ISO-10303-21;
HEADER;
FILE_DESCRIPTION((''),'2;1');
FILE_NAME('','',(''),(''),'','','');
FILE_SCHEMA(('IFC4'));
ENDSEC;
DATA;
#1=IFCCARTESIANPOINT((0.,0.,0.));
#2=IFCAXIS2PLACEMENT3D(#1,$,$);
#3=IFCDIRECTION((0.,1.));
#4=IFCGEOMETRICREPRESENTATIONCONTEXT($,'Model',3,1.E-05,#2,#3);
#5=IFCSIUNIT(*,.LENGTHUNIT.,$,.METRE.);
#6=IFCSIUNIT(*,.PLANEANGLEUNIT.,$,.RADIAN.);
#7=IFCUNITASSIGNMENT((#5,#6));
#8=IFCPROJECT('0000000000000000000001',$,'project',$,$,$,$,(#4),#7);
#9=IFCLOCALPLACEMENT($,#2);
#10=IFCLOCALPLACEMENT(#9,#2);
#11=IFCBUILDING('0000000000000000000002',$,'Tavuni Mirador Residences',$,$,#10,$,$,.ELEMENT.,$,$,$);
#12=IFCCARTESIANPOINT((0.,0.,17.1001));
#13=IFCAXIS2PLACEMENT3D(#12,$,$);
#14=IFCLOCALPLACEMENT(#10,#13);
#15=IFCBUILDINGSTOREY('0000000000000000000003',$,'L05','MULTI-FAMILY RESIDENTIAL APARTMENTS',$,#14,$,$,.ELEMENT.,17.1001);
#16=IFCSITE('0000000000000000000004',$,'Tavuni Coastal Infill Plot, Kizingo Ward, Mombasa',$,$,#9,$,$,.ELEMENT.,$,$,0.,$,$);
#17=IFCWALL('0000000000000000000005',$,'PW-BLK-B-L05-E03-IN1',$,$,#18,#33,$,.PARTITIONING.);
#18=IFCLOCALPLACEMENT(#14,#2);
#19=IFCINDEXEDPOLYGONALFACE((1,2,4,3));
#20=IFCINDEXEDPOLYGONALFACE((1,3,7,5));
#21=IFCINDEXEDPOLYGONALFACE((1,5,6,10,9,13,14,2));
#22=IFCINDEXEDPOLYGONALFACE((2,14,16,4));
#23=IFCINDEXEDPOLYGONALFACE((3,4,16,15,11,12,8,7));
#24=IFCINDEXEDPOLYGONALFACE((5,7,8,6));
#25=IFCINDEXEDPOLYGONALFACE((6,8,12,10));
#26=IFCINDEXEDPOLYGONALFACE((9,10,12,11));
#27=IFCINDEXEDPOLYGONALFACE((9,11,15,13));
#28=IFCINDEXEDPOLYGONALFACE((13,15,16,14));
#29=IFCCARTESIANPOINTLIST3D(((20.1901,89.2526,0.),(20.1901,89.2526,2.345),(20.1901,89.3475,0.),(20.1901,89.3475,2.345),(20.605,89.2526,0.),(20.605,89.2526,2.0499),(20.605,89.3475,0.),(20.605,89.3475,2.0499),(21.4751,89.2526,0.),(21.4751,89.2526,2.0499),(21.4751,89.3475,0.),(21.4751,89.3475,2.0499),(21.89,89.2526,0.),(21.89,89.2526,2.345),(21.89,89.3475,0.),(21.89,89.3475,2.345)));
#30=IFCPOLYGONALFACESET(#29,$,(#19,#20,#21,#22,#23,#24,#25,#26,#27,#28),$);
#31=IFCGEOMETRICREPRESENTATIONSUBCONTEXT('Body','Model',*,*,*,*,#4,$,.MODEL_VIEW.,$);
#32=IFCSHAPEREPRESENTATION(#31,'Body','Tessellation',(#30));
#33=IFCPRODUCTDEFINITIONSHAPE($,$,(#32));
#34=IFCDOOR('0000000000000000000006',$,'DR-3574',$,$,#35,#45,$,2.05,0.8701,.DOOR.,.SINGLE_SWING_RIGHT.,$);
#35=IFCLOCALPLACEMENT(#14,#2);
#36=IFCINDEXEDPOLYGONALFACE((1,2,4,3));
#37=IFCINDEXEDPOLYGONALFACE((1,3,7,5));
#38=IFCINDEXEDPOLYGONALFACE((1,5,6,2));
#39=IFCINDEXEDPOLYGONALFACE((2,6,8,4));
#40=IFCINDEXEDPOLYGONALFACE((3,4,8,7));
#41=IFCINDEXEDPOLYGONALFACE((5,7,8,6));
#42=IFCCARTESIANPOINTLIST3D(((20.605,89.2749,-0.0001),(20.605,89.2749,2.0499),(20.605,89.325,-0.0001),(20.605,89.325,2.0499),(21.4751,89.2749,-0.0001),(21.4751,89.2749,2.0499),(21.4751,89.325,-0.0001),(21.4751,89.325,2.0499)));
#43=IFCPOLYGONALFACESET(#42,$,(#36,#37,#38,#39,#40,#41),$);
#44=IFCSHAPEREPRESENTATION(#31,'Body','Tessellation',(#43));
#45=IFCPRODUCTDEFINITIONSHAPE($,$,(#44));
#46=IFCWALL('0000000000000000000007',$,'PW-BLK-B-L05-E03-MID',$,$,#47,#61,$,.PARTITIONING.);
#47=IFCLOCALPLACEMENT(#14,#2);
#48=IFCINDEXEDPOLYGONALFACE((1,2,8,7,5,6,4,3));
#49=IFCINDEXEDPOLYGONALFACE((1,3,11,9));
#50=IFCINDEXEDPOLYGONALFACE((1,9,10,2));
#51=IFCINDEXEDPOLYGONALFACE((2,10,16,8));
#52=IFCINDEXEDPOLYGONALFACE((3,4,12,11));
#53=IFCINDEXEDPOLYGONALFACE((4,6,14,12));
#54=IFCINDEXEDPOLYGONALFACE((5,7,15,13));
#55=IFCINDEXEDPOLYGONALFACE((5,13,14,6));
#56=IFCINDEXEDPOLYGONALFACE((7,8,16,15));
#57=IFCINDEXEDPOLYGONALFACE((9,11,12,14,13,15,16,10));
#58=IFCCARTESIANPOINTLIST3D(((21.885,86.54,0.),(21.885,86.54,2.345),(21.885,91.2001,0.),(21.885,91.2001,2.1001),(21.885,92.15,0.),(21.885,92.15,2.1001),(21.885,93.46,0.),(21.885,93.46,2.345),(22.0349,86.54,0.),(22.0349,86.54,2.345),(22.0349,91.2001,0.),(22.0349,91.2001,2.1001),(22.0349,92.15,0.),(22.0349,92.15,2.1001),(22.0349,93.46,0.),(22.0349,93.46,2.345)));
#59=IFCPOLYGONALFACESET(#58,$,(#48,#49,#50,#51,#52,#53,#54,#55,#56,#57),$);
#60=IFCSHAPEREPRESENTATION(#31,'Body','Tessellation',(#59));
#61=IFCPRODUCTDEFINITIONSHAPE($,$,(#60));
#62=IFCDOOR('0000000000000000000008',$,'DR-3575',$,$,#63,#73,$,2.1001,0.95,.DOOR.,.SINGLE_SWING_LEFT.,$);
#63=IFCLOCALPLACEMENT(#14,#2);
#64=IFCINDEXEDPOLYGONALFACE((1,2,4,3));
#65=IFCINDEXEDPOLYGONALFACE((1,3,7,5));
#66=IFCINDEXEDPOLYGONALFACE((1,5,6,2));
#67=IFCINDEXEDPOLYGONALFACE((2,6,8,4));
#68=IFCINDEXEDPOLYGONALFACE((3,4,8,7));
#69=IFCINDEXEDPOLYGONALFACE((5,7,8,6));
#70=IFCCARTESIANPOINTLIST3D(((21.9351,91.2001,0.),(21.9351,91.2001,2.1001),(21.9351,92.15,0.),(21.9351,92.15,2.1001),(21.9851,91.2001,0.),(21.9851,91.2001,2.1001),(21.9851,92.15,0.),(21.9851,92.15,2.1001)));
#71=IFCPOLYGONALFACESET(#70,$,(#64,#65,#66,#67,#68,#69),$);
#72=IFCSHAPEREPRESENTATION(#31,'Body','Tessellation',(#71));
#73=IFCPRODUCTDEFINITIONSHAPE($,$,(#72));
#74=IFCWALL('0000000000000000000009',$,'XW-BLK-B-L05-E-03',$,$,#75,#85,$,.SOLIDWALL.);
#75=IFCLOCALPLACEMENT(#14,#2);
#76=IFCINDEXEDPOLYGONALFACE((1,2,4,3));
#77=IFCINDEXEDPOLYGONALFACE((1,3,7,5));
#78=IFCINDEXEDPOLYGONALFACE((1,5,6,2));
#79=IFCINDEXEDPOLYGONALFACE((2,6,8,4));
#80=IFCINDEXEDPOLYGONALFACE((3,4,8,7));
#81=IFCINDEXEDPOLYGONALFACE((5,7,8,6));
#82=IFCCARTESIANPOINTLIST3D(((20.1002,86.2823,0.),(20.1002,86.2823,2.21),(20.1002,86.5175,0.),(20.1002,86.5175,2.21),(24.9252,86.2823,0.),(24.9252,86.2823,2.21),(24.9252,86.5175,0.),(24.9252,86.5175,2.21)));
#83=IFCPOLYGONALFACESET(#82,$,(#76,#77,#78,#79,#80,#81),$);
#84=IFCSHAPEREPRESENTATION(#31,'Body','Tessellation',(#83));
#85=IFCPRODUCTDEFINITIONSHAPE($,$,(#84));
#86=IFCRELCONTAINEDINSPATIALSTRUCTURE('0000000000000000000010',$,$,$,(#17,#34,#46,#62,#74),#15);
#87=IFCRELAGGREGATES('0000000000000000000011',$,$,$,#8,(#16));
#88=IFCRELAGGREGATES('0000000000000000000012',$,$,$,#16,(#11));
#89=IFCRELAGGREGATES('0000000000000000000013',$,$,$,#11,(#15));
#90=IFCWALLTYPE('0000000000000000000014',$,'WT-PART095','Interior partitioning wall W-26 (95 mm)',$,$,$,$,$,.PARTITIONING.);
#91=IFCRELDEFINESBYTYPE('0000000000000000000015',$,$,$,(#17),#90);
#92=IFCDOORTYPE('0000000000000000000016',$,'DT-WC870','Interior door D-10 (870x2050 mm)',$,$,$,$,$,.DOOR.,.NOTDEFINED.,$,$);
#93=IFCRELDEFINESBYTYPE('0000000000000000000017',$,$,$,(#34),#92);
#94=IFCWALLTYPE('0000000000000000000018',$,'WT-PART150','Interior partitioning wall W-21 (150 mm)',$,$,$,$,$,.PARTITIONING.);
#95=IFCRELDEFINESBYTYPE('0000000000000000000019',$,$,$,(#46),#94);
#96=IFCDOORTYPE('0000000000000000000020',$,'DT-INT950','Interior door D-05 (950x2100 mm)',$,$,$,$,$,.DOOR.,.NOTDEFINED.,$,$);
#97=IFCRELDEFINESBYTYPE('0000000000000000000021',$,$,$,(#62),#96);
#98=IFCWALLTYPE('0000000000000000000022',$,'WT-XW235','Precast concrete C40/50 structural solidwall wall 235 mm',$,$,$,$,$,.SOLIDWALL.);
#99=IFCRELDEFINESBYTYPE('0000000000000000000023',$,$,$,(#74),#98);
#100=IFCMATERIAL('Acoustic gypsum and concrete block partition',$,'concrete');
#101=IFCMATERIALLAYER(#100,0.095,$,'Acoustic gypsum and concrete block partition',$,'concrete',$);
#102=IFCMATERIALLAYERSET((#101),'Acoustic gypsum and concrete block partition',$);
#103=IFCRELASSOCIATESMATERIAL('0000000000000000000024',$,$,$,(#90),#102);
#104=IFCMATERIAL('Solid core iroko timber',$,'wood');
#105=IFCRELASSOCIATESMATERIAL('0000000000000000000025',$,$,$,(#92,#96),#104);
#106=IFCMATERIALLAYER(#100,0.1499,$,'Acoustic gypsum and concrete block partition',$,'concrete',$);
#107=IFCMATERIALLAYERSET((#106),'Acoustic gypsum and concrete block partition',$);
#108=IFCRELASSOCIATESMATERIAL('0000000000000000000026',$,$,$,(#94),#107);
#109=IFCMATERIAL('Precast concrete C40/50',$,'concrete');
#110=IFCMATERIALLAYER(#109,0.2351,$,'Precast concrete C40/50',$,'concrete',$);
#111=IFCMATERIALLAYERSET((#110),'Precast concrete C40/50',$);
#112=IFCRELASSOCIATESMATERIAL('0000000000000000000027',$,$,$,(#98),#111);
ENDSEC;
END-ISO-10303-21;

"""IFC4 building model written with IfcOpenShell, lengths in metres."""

from ifc_helpers import new_model, si_unit, direction, frame, frame_2d, origin, place, context, subcontext, project, spatial, rectangle, extrude, material, layer, layer_set, type_object, element, fill, save


model = new_model("IFC4")

# Units and contexts
model_context = context("Model", 3, precision=1e-05, world=origin(), true_north=direction((0.0, 1.0)))
body_context = subcontext(model_context, "Body", "Model", "MODEL_VIEW")
ifc_project = project(units=[si_unit("LENGTHUNIT", "METRE"), si_unit("PLANEANGLEUNIT", "RADIAN")], contexts=[model_context])

# Site, building, storey
site_placement = place(None, origin())
site = spatial("IfcSite", under=ifc_project, at=site_placement, Name="Tavuni Coastal Infill Plot, Kizingo Ward, Mombasa", CompositionType="ELEMENT", RefElevation=0.0)
building_placement = place(site_placement, origin())
building = spatial("IfcBuilding", under=site, at=building_placement, Name="Tavuni Mirador Residences", CompositionType="ELEMENT")
storey_placement = place(building_placement, frame((0.0, 0.0, 17.1001)))
storey = spatial("IfcBuildingStorey", under=building, at=storey_placement, Name="L05", Description="MULTI-FAMILY RESIDENTIAL APARTMENTS", CompositionType="ELEMENT", Elevation=17.1001)

# Shared definitions
ifc_material_1 = material(Name="Precast concrete C40/50", Category="concrete")

# Shared definitions
ifc_material_2 = material(Name="Solid core iroko timber", Category="wood")

# Walls, openings, doors
ifc_material_3 = material(Name="Acoustic gypsum and concrete block partition", Category="concrete")
ifc_layer_1 = layer(ifc_material_3, 0.095, Name="Acoustic gypsum and concrete block partition", Category="concrete")
ifc_layer_set_1 = layer_set([ifc_layer_1], Name="Acoustic gypsum and concrete block partition")
wall_type_1 = type_object("IfcWallType", Name="WT-PART095", Description="Interior partitioning wall W-26 (95 mm)", PredefinedType="PARTITIONING", material=ifc_layer_set_1)
wall_1_placement = place(storey_placement, frame((20.1899, 89.3, 0.0), z_axis=(0.0, 0.0, 1.0), x_axis=(1.0, 0.0, 0.0)))
wall_1 = element("IfcWall", 1, at=wall_1_placement, inside=storey, type_object=wall_type_1, Name="PW-BLK-B-L05-E03-IN1", PredefinedType="PARTITIONING", context=body_context, shape_type="SweptSolid", body=[
    extrude(rectangle(XDim=1.7, YDim=0.095, at=frame_2d((0.8501, 0.0))), origin(), (0.0, 0.0, 1.0), 2.345),
])
opening_1_placement = place(wall_1_placement, frame((0.415, 0.0, 0.0)))
opening_1 = element("IfcOpeningElement", 2, at=opening_1_placement, cuts=wall_1, PredefinedType="OPENING", context=body_context, shape_type="SweptSolid", body=[
    extrude(rectangle(XDim=0.8701, YDim=2.05, at=frame_2d((0.4351, 1.0249))), frame((0.0, 0.0576, 0.0), z_axis=(0.0, -1.0, 0.0), x_axis=(1.0, 0.0, 0.0)), (0.0, 0.0, 1.0), 0.115),
])
door_type_1 = type_object("IfcDoorType", Name="DT-WC870", Description="Interior door D-10 (870x2050 mm)", OperationType="NOTDEFINED", PredefinedType="DOOR", material=ifc_material_2)
door_1_placement = place(opening_1_placement, origin())
door_1 = element("IfcDoor", 3, at=door_1_placement, inside=storey, type_object=door_type_1, Name="DR-3574", OperationType="SINGLE_SWING_RIGHT", OverallHeight=2.05, OverallWidth=0.8701, PredefinedType="DOOR", context=body_context, shape_type="SweptSolid", body=[
    extrude(rectangle(XDim=0.8701, YDim=2.05, at=frame_2d((0.4351, 1.0249))), frame((0.0, 0.0249, 0.0), z_axis=(0.0, -1.0, 0.0), x_axis=(1.0, 0.0, 0.0)), (0.0, 0.0, 1.0), 0.05),
])
fill(opening_1, door_1)
ifc_layer_2 = layer(ifc_material_3, 0.1499, Name="Acoustic gypsum and concrete block partition", Category="concrete")
ifc_layer_set_2 = layer_set([ifc_layer_2], Name="Acoustic gypsum and concrete block partition")
wall_type_2 = type_object("IfcWallType", Name="WT-PART150", Description="Interior partitioning wall W-21 (150 mm)", PredefinedType="PARTITIONING", material=ifc_layer_set_2)
wall_2_placement = place(storey_placement, frame((21.96, 86.54, 0.0), z_axis=(0.0, 0.0, 1.0), x_axis=(0.0, 1.0, 0.0)))
wall_2 = element("IfcWall", 4, at=wall_2_placement, inside=storey, type_object=wall_type_2, Name="PW-BLK-B-L05-E03-MID", PredefinedType="PARTITIONING", context=body_context, shape_type="SweptSolid", body=[
    extrude(rectangle(XDim=6.9199, YDim=0.1499, at=frame_2d((3.46, 0.0))), origin(), (0.0, 0.0, 1.0), 2.345),
])
opening_2_placement = place(wall_2_placement, frame((4.6599, 0.0, 0.0)))
opening_2 = element("IfcOpeningElement", 5, at=opening_2_placement, cuts=wall_2, PredefinedType="OPENING", context=body_context, shape_type="SweptSolid", body=[
    extrude(rectangle(XDim=0.95, YDim=2.1001, at=frame_2d((0.4751, 1.05))), frame((0.0, 0.085, 0.0), z_axis=(0.0, -1.0, 0.0), x_axis=(1.0, 0.0, 0.0)), (0.0, 0.0, 1.0), 0.1699),
])
door_type_2 = type_object("IfcDoorType", Name="DT-INT950", Description="Interior door D-05 (950x2100 mm)", OperationType="NOTDEFINED", PredefinedType="DOOR", material=ifc_material_2)
door_2_placement = place(opening_2_placement, origin())
door_2 = element("IfcDoor", 6, at=door_2_placement, inside=storey, type_object=door_type_2, Name="DR-3575", OperationType="SINGLE_SWING_LEFT", OverallHeight=2.1001, OverallWidth=0.95, PredefinedType="DOOR", context=body_context, shape_type="SweptSolid", body=[
    extrude(rectangle(XDim=0.95, YDim=2.1001, at=frame_2d((0.4751, 1.05))), frame((0.0, 0.0249, 0.0), z_axis=(0.0, -1.0, 0.0), x_axis=(1.0, 0.0, 0.0)), (0.0, 0.0, 1.0), 0.05),
])
fill(opening_2, door_2)

# Wall
ifc_layer_3 = layer(ifc_material_1, 0.2351, Name="Precast concrete C40/50", Category="concrete")
ifc_layer_set_3 = layer_set([ifc_layer_3], Name="Precast concrete C40/50")
wall_type_3 = type_object("IfcWallType", Name="WT-XW235", Description="Precast concrete C40/50 structural solidwall wall 235 mm", PredefinedType="SOLIDWALL", material=ifc_layer_set_3)
wall_3_placement = place(storey_placement, frame((20.1001, 86.3999, 0.0), z_axis=(0.0, 0.0, 1.0), x_axis=(1.0, 0.0, 0.0)))
element("IfcWall", 7, at=wall_3_placement, inside=storey, type_object=wall_type_3, Name="XW-BLK-B-L05-E-03", PredefinedType="SOLIDWALL", context=body_context, shape_type="SweptSolid", body=[
    extrude(rectangle(XDim=4.825, YDim=0.2351, at=frame_2d((2.4126, 0.0))), origin(), (0.0, 0.0, 1.0), 2.21),
])

save(model, "model.ifc")
